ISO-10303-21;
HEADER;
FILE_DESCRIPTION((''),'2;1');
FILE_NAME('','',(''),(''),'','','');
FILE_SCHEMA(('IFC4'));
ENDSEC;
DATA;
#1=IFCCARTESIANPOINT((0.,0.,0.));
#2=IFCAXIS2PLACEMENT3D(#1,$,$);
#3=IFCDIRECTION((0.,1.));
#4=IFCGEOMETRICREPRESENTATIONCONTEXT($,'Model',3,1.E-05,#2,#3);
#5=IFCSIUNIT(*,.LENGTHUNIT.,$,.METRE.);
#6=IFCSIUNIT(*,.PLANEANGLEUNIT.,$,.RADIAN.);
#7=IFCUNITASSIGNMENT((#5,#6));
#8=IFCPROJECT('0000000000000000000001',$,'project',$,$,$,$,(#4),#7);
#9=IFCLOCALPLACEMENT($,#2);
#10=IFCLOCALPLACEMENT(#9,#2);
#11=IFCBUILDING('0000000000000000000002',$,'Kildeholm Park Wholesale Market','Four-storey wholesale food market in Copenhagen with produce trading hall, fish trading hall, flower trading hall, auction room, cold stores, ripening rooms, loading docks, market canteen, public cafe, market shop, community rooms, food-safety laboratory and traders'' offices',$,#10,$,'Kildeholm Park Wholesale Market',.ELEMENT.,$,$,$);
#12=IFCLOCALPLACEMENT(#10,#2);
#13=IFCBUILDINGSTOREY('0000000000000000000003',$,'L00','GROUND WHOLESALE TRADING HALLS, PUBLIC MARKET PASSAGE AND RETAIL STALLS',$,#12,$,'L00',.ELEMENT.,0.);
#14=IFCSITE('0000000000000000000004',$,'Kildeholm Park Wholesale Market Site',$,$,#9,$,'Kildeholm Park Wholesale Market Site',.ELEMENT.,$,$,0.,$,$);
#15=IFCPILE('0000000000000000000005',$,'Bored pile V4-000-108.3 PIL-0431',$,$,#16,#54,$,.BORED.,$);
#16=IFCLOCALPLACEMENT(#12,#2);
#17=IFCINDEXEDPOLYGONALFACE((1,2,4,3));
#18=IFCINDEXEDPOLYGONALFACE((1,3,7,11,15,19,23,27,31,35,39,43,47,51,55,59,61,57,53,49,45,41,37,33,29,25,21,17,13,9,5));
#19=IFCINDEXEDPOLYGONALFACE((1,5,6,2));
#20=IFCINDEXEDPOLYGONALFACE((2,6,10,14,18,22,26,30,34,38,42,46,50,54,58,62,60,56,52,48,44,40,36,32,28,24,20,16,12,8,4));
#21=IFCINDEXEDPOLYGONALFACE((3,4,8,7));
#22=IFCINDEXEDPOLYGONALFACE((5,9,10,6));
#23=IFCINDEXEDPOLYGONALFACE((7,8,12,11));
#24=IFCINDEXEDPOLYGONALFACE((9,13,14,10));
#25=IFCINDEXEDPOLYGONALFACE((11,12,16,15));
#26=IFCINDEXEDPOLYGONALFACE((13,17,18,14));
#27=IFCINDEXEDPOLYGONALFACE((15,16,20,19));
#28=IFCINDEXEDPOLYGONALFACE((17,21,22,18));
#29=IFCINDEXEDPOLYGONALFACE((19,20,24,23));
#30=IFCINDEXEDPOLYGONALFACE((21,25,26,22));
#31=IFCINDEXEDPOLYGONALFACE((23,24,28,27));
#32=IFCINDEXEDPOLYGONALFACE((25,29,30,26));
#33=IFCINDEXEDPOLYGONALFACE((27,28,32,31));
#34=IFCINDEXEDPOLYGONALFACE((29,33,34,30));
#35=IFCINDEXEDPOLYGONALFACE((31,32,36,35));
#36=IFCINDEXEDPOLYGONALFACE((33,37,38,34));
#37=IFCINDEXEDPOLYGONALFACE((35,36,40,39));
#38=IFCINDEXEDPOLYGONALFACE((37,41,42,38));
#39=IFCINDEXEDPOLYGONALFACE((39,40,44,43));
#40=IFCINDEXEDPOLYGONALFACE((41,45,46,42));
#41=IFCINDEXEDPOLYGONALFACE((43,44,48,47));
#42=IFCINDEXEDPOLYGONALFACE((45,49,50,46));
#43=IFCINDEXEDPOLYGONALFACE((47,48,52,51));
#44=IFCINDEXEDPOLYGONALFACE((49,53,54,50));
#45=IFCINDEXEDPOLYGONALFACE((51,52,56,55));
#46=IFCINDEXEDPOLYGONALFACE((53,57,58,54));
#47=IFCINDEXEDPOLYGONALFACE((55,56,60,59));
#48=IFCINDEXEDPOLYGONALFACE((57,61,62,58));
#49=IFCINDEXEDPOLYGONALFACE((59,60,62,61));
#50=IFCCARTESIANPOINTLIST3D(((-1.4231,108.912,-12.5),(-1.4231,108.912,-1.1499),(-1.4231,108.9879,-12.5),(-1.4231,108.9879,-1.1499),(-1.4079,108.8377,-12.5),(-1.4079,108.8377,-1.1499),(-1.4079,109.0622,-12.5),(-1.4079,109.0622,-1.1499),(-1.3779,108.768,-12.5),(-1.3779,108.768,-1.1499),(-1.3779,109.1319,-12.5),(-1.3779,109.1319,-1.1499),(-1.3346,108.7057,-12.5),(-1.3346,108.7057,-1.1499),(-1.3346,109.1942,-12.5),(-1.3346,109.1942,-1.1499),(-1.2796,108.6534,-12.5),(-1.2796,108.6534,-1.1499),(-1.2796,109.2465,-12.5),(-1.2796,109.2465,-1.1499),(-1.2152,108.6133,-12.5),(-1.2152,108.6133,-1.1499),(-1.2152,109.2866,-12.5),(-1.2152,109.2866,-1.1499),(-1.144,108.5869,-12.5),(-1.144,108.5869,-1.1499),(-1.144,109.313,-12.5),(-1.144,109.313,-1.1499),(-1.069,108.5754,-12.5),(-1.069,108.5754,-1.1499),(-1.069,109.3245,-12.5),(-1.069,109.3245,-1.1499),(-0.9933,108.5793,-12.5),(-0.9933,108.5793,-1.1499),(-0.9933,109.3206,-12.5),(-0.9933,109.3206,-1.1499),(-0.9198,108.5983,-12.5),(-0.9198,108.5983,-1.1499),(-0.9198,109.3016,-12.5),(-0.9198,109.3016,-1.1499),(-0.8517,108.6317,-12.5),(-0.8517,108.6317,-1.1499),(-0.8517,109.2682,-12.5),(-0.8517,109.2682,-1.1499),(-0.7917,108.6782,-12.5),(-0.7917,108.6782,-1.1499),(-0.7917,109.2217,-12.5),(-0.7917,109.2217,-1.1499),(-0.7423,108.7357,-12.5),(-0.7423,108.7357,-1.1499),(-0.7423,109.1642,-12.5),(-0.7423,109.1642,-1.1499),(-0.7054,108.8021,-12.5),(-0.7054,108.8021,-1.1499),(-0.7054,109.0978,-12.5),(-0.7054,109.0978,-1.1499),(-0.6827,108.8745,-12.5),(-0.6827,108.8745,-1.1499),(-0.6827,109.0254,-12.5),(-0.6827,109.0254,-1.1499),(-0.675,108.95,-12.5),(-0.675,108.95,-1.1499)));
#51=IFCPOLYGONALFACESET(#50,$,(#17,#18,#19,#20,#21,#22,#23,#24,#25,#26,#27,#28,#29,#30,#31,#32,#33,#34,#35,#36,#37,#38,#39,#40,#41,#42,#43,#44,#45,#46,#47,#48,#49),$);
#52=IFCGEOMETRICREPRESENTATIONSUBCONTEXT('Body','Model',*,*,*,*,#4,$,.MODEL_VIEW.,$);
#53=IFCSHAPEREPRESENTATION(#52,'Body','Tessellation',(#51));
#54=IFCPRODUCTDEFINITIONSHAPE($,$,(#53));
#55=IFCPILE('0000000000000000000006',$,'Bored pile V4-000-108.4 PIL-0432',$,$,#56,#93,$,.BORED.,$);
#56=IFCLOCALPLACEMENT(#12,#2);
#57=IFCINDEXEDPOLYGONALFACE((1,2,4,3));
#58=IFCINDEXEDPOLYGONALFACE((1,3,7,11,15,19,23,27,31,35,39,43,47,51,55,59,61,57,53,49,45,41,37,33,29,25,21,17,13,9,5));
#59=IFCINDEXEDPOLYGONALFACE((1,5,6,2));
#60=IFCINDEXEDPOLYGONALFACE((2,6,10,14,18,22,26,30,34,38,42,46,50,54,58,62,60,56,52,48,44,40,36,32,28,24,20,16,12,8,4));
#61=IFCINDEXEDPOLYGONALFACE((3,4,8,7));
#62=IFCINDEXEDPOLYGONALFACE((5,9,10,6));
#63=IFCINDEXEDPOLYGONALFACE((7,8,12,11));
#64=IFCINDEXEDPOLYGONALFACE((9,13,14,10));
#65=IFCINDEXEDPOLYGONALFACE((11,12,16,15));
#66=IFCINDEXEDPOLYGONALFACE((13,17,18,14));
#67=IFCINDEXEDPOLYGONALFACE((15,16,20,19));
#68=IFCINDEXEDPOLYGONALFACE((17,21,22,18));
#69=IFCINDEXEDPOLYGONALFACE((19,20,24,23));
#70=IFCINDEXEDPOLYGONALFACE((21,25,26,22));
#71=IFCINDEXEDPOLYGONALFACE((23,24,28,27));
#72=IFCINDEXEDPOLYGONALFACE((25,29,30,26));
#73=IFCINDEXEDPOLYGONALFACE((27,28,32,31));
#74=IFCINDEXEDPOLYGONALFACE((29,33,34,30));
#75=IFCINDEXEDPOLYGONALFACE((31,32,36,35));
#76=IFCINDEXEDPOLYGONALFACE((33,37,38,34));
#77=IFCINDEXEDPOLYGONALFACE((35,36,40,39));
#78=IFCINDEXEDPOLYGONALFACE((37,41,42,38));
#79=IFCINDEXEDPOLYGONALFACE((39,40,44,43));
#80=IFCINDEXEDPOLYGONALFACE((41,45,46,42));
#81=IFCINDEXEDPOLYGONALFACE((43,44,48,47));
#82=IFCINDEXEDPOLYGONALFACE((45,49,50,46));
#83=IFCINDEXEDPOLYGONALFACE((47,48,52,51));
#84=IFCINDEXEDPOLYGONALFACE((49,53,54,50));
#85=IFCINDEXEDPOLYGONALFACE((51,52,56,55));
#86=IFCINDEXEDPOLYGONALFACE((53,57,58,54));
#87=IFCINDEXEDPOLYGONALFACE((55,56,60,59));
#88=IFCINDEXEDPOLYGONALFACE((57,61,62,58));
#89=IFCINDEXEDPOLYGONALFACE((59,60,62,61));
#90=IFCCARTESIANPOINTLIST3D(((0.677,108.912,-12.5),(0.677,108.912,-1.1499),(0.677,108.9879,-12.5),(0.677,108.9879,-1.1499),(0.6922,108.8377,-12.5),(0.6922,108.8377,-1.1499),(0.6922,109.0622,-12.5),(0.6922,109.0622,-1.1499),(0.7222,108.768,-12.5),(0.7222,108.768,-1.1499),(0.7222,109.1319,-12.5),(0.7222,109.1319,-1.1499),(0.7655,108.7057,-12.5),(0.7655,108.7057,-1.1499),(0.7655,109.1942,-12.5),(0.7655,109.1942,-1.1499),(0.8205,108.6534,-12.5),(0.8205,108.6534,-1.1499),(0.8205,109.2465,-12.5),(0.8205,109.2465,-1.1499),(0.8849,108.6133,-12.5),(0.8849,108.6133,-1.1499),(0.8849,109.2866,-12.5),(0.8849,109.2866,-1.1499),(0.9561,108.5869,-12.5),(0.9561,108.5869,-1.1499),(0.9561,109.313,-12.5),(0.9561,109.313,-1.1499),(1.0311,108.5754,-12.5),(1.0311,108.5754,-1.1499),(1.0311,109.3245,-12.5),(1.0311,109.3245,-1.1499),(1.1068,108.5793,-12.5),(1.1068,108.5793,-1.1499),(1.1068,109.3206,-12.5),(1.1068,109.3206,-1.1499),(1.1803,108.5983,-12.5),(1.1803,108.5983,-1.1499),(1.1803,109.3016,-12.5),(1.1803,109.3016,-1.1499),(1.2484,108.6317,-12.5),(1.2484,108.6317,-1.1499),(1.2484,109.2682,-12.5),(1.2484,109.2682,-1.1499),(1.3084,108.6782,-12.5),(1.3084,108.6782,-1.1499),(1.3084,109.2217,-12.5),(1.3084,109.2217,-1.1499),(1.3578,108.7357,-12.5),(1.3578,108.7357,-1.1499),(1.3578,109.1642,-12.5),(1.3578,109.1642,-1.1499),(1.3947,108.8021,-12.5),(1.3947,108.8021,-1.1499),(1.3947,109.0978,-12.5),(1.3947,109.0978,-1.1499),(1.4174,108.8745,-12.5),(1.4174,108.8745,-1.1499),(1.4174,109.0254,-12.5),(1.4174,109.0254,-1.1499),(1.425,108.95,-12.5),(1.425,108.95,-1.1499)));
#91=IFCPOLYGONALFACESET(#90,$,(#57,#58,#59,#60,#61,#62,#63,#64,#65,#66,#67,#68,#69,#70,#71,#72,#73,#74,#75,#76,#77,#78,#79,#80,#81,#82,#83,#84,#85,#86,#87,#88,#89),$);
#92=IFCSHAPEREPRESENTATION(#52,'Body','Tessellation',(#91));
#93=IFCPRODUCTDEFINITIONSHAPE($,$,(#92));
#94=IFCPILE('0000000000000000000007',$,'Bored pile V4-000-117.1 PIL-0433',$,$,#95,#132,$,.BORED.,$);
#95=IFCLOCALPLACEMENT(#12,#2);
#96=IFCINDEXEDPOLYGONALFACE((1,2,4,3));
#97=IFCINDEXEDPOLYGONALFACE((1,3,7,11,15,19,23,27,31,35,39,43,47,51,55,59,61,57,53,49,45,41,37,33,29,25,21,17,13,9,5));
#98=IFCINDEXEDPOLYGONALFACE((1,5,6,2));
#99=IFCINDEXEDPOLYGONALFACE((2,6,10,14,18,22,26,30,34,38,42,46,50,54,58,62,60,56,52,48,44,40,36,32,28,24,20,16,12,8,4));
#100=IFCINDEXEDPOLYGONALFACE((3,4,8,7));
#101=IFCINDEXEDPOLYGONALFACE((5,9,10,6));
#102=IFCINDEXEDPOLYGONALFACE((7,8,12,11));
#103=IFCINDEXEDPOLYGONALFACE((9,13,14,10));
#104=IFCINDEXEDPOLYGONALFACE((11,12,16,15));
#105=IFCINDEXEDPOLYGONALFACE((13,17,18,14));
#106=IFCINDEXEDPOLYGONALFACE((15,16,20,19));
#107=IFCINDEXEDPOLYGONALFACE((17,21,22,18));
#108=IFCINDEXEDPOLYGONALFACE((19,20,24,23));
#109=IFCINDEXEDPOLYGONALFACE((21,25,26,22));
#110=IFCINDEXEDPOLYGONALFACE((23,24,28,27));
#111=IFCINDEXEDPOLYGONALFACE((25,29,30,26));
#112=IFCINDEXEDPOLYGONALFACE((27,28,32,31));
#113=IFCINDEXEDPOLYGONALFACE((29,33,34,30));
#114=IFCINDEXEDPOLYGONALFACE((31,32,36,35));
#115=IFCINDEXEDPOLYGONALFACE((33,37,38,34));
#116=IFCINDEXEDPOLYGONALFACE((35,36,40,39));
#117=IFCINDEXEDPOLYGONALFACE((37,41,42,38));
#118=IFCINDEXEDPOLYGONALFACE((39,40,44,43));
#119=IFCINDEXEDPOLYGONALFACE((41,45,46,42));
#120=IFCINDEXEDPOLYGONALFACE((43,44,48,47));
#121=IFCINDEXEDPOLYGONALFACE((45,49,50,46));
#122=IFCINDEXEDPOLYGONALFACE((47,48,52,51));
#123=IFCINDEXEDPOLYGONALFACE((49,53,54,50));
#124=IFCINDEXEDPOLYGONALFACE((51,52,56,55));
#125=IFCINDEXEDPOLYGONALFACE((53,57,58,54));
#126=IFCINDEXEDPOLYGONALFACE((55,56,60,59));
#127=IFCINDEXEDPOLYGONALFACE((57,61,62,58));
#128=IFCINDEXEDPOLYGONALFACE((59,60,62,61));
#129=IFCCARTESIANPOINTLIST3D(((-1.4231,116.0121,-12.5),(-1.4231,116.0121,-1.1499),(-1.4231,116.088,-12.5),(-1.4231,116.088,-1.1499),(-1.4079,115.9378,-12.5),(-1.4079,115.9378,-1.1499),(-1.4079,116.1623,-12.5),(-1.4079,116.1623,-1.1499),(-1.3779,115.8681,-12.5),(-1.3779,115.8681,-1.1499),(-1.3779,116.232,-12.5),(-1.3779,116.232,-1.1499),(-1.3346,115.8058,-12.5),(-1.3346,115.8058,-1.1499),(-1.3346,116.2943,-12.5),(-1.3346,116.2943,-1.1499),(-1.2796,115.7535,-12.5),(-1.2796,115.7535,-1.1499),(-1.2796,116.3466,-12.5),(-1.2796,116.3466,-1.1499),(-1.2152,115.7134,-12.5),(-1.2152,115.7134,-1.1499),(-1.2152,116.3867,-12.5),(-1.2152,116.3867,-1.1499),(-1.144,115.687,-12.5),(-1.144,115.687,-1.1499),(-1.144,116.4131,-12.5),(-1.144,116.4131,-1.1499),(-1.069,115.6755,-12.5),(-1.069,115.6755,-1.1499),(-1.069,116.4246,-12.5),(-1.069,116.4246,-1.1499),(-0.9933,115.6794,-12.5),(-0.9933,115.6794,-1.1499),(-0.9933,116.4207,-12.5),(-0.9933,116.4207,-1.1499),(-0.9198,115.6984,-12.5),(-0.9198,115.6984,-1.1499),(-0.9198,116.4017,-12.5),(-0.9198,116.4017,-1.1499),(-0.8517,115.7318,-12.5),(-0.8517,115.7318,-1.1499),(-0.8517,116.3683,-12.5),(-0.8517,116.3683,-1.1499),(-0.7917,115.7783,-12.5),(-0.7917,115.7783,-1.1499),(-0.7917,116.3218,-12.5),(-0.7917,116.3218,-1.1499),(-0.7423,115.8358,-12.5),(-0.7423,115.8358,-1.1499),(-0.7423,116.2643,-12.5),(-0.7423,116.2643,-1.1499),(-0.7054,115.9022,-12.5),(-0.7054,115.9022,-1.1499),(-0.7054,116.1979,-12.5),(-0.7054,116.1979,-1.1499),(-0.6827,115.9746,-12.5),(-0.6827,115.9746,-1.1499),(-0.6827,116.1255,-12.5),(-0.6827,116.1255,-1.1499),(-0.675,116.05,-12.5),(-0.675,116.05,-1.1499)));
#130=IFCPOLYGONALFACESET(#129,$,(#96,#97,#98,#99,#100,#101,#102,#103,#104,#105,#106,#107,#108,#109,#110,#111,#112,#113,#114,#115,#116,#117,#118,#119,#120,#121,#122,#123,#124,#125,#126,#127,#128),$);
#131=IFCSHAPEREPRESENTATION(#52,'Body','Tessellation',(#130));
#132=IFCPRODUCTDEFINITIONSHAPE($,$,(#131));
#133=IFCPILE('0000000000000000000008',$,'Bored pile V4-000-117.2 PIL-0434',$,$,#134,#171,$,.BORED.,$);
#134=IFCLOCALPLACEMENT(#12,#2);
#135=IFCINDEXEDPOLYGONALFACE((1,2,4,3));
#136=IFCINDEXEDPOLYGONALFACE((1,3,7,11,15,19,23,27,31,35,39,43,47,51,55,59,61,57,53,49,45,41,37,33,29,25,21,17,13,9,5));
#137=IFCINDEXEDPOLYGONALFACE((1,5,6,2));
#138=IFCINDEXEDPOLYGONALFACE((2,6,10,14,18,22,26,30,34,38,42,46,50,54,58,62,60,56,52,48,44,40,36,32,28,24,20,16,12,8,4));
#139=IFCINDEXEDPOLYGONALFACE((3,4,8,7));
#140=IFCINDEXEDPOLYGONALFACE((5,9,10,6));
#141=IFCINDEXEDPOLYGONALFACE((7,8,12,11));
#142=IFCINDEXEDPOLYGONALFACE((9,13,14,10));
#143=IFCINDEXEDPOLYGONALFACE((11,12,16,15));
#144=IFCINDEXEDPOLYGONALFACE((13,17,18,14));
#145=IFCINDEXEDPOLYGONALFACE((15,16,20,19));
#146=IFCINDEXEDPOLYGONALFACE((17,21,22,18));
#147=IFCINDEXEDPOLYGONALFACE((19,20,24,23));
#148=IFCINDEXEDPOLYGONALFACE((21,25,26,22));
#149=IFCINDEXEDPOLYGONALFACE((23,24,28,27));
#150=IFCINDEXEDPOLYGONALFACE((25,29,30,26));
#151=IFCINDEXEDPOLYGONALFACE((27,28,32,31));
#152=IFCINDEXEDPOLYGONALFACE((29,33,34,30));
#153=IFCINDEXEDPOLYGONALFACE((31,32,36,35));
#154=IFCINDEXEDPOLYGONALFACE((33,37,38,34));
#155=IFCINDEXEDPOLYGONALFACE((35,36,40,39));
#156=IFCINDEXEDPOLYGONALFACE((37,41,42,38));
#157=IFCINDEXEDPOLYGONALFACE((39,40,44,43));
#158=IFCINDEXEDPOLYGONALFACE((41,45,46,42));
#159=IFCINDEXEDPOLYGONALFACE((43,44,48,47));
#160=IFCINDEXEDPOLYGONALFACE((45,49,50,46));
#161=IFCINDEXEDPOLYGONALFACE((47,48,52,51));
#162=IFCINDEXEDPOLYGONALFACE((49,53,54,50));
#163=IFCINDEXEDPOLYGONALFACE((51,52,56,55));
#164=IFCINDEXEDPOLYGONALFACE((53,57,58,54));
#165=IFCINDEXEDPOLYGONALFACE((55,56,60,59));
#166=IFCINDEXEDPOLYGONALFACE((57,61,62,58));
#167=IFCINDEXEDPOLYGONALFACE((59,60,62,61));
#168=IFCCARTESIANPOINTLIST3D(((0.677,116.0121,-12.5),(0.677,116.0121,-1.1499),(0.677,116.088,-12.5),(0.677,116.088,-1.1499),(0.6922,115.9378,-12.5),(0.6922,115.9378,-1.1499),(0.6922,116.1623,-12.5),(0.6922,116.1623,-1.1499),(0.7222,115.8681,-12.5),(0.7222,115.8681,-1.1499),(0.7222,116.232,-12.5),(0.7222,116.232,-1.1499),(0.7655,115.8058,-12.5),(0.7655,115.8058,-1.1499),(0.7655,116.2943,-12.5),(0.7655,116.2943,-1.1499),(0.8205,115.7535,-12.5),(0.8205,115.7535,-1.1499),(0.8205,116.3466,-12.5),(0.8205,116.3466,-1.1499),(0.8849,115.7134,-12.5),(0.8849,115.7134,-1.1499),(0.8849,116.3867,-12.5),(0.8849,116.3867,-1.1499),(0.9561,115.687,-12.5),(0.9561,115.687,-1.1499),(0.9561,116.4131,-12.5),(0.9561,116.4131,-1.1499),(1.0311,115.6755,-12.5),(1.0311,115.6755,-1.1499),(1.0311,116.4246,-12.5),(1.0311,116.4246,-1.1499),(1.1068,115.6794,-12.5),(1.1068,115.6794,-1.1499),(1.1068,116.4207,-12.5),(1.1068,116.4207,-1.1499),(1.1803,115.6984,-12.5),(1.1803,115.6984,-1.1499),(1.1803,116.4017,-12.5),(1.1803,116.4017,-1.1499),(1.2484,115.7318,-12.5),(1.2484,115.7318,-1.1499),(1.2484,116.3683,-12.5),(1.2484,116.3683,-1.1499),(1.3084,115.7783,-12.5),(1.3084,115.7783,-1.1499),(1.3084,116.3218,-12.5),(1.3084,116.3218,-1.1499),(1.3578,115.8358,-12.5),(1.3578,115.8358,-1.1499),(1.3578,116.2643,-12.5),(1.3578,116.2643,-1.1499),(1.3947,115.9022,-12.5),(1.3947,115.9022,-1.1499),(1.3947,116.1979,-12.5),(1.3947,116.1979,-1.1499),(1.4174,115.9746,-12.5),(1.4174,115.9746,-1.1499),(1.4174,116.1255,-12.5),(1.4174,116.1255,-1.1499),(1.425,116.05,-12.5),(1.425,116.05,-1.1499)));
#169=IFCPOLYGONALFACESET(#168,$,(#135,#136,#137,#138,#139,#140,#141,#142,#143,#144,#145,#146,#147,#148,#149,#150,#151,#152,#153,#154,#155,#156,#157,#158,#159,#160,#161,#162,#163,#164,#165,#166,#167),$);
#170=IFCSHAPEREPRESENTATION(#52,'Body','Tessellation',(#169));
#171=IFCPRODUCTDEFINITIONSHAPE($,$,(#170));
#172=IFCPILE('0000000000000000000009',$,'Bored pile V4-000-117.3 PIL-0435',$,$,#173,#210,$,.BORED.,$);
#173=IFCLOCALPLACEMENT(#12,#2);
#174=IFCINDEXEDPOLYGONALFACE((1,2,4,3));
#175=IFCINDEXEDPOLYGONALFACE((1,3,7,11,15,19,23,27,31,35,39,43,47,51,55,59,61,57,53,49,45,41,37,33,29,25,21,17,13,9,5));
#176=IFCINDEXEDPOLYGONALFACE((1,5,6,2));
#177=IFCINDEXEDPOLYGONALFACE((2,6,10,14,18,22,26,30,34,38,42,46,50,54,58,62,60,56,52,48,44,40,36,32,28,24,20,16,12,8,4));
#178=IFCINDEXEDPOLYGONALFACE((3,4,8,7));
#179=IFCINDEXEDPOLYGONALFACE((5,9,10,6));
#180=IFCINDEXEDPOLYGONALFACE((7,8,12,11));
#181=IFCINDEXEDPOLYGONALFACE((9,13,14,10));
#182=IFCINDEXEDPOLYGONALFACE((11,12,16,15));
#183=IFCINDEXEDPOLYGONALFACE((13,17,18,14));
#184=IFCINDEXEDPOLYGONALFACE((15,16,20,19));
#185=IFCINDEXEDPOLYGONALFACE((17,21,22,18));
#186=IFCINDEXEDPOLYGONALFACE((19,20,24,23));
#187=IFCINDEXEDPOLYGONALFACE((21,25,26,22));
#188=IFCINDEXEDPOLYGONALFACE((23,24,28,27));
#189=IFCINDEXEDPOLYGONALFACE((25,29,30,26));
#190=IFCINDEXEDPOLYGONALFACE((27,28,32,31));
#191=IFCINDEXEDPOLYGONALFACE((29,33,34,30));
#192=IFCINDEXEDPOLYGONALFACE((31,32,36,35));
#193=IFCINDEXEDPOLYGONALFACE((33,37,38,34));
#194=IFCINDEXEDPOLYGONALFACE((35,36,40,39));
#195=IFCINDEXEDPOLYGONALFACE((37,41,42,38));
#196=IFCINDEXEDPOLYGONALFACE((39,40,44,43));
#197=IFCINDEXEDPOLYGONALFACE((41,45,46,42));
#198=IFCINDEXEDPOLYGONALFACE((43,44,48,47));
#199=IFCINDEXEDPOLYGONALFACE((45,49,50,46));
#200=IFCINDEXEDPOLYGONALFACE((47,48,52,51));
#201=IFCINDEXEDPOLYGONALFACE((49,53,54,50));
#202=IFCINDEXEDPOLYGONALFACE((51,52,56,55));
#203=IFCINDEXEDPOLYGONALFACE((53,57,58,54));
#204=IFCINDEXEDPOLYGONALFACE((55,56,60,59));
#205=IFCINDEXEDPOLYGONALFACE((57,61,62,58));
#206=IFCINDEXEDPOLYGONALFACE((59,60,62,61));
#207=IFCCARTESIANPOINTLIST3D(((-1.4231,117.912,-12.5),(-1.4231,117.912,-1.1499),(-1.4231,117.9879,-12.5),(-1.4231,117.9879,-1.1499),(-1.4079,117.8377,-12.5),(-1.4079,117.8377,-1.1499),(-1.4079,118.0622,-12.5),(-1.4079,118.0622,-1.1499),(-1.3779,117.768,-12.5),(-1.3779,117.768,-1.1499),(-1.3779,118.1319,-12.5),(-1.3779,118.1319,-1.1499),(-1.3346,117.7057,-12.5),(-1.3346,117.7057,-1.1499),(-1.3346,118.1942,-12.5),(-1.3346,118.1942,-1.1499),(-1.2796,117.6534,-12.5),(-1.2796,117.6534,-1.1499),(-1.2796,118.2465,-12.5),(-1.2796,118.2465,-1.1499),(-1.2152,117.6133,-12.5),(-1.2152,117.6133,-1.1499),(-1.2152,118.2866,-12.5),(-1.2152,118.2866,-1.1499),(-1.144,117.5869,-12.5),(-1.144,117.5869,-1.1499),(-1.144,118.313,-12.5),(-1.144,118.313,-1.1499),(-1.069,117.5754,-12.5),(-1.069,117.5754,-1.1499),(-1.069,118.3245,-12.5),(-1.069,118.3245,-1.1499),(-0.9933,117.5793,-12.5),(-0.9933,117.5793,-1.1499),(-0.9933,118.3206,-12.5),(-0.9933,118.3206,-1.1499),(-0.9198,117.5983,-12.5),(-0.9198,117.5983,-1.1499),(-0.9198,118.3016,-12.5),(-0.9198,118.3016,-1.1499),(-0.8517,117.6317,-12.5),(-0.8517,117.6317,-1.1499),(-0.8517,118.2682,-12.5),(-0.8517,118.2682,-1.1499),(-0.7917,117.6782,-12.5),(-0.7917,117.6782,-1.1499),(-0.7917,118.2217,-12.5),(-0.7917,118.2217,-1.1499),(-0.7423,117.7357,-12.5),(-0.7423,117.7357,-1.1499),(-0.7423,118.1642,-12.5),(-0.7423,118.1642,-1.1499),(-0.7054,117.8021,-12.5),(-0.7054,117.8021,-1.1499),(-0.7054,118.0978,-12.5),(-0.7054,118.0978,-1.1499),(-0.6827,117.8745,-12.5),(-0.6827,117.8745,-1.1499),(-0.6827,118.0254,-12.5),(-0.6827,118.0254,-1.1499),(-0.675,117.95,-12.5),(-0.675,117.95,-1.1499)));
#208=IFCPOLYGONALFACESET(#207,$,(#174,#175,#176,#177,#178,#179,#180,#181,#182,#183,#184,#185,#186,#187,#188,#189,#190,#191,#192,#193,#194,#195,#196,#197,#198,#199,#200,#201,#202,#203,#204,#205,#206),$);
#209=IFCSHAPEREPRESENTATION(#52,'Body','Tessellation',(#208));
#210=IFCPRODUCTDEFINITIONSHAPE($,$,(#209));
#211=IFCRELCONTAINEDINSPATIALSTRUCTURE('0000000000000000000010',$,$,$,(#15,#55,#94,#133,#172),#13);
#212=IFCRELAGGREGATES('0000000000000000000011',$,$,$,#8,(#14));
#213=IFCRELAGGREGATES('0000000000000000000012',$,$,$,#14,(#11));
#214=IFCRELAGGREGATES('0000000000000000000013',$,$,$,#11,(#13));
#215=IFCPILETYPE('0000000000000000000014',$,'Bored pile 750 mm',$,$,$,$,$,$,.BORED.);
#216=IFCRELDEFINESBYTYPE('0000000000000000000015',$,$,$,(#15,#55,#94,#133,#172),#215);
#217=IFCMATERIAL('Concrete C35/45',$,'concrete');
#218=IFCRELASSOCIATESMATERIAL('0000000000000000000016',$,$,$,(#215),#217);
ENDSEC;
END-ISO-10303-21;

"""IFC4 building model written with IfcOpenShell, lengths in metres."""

from ifc_helpers import new_model, si_unit, direction, frame, origin, origin_2d, place, context, subcontext, project, spatial, circle, extrude, material, material_profile, profile_set, type_object, element, save


model = new_model("IFC4")

# Units and contexts
model_context = context("Model", 3, precision=1e-05, world=origin(), true_north=direction((0.0, 1.0)))
body_context = subcontext(model_context, "Body", "Model", "MODEL_VIEW")
ifc_project = project(units=[si_unit("LENGTHUNIT", "METRE"), si_unit("PLANEANGLEUNIT", "RADIAN")], contexts=[model_context])

# Site, building, storey
site_placement = place(None, origin())
site = spatial("IfcSite", under=ifc_project, at=site_placement, Name="Kildeholm Park Wholesale Market Site", LongName="Kildeholm Park Wholesale Market Site", CompositionType="ELEMENT", RefElevation=0.0)
building_placement = place(site_placement, origin())
building = spatial("IfcBuilding", under=site, at=building_placement, Name="Kildeholm Park Wholesale Market", Description="Four-storey wholesale food market in Copenhagen with produce trading hall, fish trading hall, flower trading hall, auction room, cold stores, ripening rooms, loading docks, market canteen, public cafe, market shop, community rooms, food-safety laboratory and traders' offices", LongName="Kildeholm Park Wholesale Market", CompositionType="ELEMENT")
storey_placement = place(building_placement, origin())
storey = spatial("IfcBuildingStorey", under=building, at=storey_placement, Name="L00", Description="GROUND WHOLESALE TRADING HALLS, PUBLIC MARKET PASSAGE AND RETAIL STALLS", LongName="L00", CompositionType="ELEMENT", Elevation=0.0)

# Piles
ifc_material_1 = material(Name="Concrete C35/45", Category="concrete")
ifc_material_profile_1 = material_profile(ifc_material_1, circle(Radius=0.375, at=origin_2d()), Name="PILE D750")
ifc_profile_set_1 = profile_set([ifc_material_profile_1], Name="Concrete C35/45")
pile_type = type_object("IfcPileType", Name="Bored pile 750 mm", PredefinedType="BORED", material=ifc_profile_set_1)
for number, where, z_axis, x_axis, name in (
    (1, (-1.05, 108.95, -1.1499), (0.0, 0.0, -1.0), (1.0, 0.0, 0.0), "Bored pile V4-000-108.3 PIL-0431"),
    (2, (1.05, 108.95, -1.1499), (0.0, 0.0, -1.0), (1.0, 0.0, 0.0), "Bored pile V4-000-108.4 PIL-0432"),
    (3, (-1.05, 116.05, -1.1499), (0.0, 0.0, -1.0), (1.0, 0.0, 0.0), "Bored pile V4-000-117.1 PIL-0433"),
    (4, (1.05, 116.05, -1.1499), (0.0, 0.0, -1.0), (1.0, 0.0, 0.0), "Bored pile V4-000-117.2 PIL-0434"),
    (5, (-1.05, 117.95, -1.1499), (0.0, 0.0, -1.0), (1.0, 0.0, 0.0), "Bored pile V4-000-117.3 PIL-0435"),
):
    element("IfcPile", number, at=place(storey_placement, frame(where, z_axis=z_axis, x_axis=x_axis)), inside=storey, type_object=pile_type, Name=name, PredefinedType="BORED", context=body_context, shape_type="SweptSolid", body=[
        extrude(circle(Radius=0.375, at=origin_2d()), origin(), (0.0, 0.0, 1.0), 11.3501),
    ])

save(model, "model.ifc")
